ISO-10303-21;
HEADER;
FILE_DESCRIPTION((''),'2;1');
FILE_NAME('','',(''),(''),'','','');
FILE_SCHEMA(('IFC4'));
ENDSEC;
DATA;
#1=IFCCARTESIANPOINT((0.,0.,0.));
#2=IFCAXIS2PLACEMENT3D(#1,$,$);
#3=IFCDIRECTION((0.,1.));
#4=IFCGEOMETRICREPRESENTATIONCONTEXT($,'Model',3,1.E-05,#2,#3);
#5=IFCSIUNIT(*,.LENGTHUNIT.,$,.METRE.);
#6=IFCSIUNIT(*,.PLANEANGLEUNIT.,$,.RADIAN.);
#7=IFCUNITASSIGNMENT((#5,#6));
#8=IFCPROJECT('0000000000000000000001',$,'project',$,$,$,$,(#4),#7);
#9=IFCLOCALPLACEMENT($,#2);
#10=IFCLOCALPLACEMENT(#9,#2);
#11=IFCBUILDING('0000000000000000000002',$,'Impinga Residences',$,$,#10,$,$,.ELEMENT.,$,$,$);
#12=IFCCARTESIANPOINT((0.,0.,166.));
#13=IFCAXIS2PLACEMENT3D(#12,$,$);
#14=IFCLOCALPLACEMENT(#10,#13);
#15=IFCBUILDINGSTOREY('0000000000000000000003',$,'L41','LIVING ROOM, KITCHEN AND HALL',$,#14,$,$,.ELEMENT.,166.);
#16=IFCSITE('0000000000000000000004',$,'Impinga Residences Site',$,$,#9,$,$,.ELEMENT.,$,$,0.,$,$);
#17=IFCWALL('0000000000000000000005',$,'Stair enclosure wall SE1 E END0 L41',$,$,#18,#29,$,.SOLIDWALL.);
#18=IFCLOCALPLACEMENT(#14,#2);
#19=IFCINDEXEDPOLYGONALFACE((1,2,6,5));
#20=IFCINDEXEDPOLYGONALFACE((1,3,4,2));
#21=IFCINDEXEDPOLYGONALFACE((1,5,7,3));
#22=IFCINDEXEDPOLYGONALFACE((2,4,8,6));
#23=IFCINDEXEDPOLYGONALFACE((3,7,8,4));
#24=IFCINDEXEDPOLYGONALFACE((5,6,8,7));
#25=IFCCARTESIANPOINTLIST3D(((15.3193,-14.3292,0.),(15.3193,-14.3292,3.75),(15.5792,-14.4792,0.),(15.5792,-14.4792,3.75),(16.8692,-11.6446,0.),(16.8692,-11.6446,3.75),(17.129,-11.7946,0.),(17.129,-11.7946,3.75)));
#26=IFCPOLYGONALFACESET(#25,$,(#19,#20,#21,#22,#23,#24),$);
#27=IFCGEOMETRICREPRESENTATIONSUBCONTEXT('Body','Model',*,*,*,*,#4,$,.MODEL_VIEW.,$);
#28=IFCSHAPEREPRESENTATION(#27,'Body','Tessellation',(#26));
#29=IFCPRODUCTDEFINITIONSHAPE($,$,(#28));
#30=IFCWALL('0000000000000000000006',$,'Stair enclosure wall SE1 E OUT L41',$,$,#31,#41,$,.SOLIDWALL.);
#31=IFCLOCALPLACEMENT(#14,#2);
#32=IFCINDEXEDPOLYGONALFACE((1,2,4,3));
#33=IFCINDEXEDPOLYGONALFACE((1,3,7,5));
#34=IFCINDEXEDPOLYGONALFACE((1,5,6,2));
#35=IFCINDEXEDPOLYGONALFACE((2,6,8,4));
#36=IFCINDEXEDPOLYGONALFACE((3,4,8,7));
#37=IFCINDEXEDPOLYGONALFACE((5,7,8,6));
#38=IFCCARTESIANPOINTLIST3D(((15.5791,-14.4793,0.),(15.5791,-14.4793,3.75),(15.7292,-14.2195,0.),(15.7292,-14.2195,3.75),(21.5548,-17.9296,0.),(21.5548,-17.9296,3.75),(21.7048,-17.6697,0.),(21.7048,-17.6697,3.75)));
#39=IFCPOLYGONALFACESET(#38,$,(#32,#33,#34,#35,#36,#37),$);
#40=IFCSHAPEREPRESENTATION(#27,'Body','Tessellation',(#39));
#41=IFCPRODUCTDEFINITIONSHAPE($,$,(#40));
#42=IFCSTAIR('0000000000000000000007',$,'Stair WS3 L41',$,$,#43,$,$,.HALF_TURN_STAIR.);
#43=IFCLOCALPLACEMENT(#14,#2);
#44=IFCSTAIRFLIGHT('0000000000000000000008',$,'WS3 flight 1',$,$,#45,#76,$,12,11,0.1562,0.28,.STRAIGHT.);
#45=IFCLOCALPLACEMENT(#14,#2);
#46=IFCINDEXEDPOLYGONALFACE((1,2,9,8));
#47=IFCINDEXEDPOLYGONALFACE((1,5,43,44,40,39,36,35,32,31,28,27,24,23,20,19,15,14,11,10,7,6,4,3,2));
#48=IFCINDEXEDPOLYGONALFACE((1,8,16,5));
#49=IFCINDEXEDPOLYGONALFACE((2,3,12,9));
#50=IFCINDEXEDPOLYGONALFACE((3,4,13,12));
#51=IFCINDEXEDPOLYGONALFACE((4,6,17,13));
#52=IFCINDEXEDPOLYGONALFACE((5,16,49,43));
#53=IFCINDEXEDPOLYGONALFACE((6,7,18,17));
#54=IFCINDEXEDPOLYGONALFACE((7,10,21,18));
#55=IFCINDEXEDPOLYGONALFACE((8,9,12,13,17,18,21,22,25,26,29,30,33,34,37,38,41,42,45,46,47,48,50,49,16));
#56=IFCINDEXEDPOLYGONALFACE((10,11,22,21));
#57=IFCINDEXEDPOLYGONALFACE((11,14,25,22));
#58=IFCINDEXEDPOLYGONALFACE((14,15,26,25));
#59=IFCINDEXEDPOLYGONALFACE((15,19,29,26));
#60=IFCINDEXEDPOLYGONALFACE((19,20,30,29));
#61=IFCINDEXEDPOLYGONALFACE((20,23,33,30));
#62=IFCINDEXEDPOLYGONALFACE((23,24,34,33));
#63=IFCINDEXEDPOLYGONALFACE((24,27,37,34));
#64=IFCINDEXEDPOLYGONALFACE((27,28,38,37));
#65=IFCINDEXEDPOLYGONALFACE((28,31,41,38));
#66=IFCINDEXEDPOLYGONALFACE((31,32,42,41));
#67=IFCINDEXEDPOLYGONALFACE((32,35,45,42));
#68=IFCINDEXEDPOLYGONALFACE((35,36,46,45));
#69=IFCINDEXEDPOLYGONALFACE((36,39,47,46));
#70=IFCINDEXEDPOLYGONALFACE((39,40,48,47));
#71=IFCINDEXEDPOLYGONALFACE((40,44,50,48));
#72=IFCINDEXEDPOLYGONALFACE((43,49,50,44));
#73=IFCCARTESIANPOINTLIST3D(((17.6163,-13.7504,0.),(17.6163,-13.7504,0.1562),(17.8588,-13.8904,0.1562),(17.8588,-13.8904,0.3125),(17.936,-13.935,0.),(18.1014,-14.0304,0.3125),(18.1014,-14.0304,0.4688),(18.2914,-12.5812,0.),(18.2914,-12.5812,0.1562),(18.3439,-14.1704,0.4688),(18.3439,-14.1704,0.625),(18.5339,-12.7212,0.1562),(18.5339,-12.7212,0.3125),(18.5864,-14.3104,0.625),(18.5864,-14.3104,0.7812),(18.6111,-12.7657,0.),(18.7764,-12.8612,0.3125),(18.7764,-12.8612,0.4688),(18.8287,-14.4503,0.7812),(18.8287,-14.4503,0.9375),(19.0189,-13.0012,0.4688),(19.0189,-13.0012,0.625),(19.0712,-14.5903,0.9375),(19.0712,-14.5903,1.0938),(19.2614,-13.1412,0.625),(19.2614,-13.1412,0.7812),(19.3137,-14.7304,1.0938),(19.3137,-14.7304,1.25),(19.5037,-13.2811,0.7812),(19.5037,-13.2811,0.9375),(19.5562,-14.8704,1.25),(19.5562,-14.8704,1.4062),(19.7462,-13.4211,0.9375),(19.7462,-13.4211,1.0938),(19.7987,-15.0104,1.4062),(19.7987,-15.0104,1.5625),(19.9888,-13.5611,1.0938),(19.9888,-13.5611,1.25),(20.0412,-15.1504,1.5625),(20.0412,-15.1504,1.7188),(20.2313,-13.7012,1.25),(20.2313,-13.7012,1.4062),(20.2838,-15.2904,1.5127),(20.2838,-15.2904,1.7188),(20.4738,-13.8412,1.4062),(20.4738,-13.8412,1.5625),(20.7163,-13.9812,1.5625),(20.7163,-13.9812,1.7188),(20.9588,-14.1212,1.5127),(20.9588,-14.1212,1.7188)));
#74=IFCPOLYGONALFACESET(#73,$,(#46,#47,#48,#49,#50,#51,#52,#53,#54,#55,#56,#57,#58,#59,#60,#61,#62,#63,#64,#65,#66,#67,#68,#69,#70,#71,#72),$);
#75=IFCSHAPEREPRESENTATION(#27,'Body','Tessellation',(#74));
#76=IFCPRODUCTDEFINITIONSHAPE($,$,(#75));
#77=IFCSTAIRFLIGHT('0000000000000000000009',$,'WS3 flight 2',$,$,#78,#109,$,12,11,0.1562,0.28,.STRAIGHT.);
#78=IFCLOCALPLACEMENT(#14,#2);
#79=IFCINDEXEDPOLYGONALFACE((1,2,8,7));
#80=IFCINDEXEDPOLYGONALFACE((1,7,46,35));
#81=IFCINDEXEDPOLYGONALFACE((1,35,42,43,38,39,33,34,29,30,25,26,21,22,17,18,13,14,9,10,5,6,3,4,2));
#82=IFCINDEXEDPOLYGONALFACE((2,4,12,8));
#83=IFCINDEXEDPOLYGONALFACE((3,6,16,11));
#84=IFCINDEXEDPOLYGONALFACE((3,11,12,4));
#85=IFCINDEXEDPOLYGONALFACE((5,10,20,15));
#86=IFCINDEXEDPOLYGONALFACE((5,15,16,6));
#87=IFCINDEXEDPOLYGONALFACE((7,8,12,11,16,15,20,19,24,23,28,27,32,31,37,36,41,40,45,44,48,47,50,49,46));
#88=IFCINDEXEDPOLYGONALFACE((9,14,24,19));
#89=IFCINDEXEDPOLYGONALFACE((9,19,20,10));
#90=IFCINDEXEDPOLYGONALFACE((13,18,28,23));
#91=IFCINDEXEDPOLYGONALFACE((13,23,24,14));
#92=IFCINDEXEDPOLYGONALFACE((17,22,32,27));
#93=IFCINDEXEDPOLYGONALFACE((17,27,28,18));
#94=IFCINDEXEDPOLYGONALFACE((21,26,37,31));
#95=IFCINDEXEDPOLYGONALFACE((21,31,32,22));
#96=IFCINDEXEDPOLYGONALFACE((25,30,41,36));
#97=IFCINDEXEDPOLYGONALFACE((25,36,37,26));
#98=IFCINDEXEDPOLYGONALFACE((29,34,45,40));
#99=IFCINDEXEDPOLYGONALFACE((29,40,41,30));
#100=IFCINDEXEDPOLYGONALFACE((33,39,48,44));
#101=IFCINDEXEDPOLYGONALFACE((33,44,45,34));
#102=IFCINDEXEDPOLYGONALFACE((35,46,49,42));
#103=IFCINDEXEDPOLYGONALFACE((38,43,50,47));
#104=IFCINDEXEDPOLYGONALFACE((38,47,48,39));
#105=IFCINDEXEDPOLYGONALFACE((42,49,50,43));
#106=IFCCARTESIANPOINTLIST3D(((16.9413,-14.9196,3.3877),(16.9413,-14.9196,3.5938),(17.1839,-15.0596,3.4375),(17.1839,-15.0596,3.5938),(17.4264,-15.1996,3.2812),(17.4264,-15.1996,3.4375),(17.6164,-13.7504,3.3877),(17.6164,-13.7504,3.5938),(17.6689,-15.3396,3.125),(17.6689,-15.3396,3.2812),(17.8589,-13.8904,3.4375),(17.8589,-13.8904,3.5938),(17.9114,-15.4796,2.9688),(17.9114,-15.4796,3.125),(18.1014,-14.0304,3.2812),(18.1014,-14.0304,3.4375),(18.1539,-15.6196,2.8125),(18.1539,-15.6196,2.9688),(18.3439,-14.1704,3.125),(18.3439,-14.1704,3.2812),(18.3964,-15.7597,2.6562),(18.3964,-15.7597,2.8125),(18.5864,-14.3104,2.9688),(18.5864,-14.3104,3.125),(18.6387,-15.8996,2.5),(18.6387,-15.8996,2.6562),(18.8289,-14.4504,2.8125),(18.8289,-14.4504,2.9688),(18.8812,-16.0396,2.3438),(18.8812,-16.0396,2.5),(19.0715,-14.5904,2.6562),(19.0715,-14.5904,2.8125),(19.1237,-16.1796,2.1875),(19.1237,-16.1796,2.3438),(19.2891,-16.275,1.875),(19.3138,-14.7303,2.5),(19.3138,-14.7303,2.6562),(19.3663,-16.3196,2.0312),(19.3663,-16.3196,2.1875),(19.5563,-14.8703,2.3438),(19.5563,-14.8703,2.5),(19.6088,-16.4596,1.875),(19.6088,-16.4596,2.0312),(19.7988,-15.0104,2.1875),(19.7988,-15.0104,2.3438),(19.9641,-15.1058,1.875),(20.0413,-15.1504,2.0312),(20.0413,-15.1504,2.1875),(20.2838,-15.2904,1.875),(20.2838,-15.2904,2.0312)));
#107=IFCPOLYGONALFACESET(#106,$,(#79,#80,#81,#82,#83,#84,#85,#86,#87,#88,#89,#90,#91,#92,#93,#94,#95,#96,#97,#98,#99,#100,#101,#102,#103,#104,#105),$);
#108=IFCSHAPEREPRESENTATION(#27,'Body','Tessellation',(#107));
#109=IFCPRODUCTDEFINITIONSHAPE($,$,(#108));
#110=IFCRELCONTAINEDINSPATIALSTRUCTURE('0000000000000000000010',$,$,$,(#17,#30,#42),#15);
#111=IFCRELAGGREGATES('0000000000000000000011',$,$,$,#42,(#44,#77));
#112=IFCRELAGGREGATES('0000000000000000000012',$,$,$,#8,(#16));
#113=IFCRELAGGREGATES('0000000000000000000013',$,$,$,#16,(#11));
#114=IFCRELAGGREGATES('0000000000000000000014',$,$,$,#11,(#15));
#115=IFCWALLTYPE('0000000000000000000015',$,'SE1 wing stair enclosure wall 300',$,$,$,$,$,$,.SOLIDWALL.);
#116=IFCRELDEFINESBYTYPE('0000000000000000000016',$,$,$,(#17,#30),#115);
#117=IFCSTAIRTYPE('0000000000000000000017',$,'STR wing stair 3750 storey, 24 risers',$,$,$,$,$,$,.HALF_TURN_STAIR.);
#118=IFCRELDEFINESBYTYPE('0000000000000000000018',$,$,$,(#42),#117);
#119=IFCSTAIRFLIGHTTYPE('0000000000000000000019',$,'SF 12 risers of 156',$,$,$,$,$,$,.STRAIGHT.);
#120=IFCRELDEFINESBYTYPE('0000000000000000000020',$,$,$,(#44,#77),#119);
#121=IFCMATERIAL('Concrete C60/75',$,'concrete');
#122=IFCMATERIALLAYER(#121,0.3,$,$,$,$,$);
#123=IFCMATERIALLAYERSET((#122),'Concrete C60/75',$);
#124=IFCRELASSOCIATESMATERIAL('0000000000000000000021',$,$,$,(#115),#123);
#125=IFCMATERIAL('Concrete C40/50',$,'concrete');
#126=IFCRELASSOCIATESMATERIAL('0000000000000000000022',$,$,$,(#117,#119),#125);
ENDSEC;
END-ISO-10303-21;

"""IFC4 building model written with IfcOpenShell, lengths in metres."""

from ifc_helpers import new_model, si_unit, direction, frame, frame_2d, origin, place, context, subcontext, project, spatial, polyline, rectangle, outline, extrude, material, layer, layer_set, type_object, element, aggregate, save


model = new_model("IFC4")

# Units and contexts
model_context = context("Model", 3, precision=1e-05, world=origin(), true_north=direction((0.0, 1.0)))
body_context = subcontext(model_context, "Body", "Model", "MODEL_VIEW")
ifc_project = project(units=[si_unit("LENGTHUNIT", "METRE"), si_unit("PLANEANGLEUNIT", "RADIAN")], contexts=[model_context])

# Site, building, storey
site_placement = place(None, origin())
site = spatial("IfcSite", under=ifc_project, at=site_placement, Name="Impinga Residences Site", CompositionType="ELEMENT", RefElevation=0.0)
building_placement = place(site_placement, origin())
building = spatial("IfcBuilding", under=site, at=building_placement, Name="Impinga Residences", CompositionType="ELEMENT")
storey_placement = place(building_placement, frame((0.0, 0.0, 166.0)))
storey = spatial("IfcBuildingStorey", under=building, at=storey_placement, Name="L41", Description="LIVING ROOM, KITCHEN AND HALL", CompositionType="ELEMENT", Elevation=166.0)

# Shared definitions
ifc_material_1 = material(Name="Concrete C60/75", Category="concrete")

# Walls
ifc_layer_1 = layer(ifc_material_1, 0.3)
ifc_layer_set_1 = layer_set([ifc_layer_1], Name="Concrete C60/75")
wall_type_1 = type_object("IfcWallType", Name="SE1 wing stair enclosure wall 300", PredefinedType="SOLIDWALL", material=ifc_layer_set_1)
wall_1_placement = place(storey_placement, frame((16.999, -11.7197, 0.0), z_axis=(0.0, 0.0, 1.0), x_axis=(-0.499968, -0.866044, 0.0)))
element("IfcWall", 1, at=wall_1_placement, inside=storey, type_object=wall_type_1, Name="Stair enclosure wall SE1 E END0 L41", PredefinedType="SOLIDWALL", context=body_context, shape_type="SweptSolid", body=[
    extrude(rectangle(XDim=3.0999, YDim=0.3, at=frame_2d((1.5498, 0.0))), origin(), (0.0, 0.0, 1.0), 3.75),
])
wall_2_placement = place(storey_placement, frame((15.6541, -14.3494, 0.0), z_axis=(0.0, 0.0, 1.0), x_axis=(0.866014, -0.500021, 0.0)))
element("IfcWall", 2, at=wall_2_placement, inside=storey, type_object=wall_type_1, Name="Stair enclosure wall SE1 E OUT L41", PredefinedType="SOLIDWALL", context=body_context, shape_type="SweptSolid", body=[
    extrude(rectangle(XDim=6.9001, YDim=0.3, at=frame_2d((3.4502, 0.0))), origin(), (0.0, 0.0, 1.0), 3.75),
])

# Stair, stair flights
ifc_material_2 = material(Name="Concrete C40/50", Category="concrete")
stair_type = type_object("IfcStairType", Name="STR wing stair 3750 storey, 24 risers", PredefinedType="HALF_TURN_STAIR", material=ifc_material_2)
stair_placement = place(storey_placement, origin())
stair = element("IfcStair", 3, at=stair_placement, inside=storey, type_object=stair_type, Name="Stair WS3 L41", PredefinedType="HALF_TURN_STAIR")
stair_flight_type = type_object("IfcStairFlightType", Name="SF 12 risers of 156", PredefinedType="STRAIGHT", material=ifc_material_2)
stair_flight_1_placement = place(storey_placement, frame((17.9539, -13.1658, 0.0), z_axis=(0.0, 0.0, 1.0), x_axis=(0.866025, -0.5, 0.0)))
stair_flight_1 = element("IfcStairFlight", 4, at=stair_flight_1_placement, type_object=stair_flight_type, Name="WS3 flight 1", NumberOfRisers=12, NumberOfTreads=11, PredefinedType="STRAIGHT", RiserHeight=0.1562, TreadLength=0.28, context=body_context, shape_type="SweptSolid", body=[
    extrude(outline(polyline([(0.0, 0.0), (0.0, 0.1562), (0.28, 0.1562), (0.28, 0.3125), (0.5601, 0.3125), (0.5601, 0.4688), (0.8401, 0.4688), (0.8401, 0.625), (1.1201, 0.625), (1.1201, 0.7812), (1.3999, 0.7812), (1.3999, 0.9375), (1.6799, 0.9375), (1.6799, 1.0938), (1.96, 1.0938), (1.96, 1.25), (2.24, 1.25), (2.24, 1.4062), (2.52, 1.4062), (2.52, 1.5625), (2.8, 1.5625), (2.8, 1.7188), (3.0801, 1.7188), (3.0801, 1.875), (3.0801, 1.5127), (0.3691, 0.0), (0.0, 0.0)])), frame((0.0, 0.675, 0.0), z_axis=(0.0, -1.0, 0.0), x_axis=(1.0, 0.0, 0.0)), (0.0, 0.0, 1.0), 1.3501),
])
stair_flight_2_placement = place(storey_placement, frame((19.9463, -15.875, 1.875), z_axis=(0.0, 0.0, 1.0), x_axis=(-0.866025, 0.5, 0.0)))
stair_flight_2 = element("IfcStairFlight", 5, at=stair_flight_2_placement, type_object=stair_flight_type, Name="WS3 flight 2", NumberOfRisers=12, NumberOfTreads=11, PredefinedType="STRAIGHT", RiserHeight=0.1562, TreadLength=0.28, context=body_context, shape_type="SweptSolid", body=[
    extrude(outline(polyline([(0.0, 0.0), (0.0, 0.1562), (0.28, 0.1562), (0.28, 0.3125), (0.5601, 0.3125), (0.5601, 0.4688), (0.8401, 0.4688), (0.8401, 0.625), (1.1201, 0.625), (1.1201, 0.7812), (1.3999, 0.7812), (1.3999, 0.9375), (1.6799, 0.9375), (1.6799, 1.0938), (1.96, 1.0938), (1.96, 1.25), (2.24, 1.25), (2.24, 1.4062), (2.52, 1.4062), (2.52, 1.5625), (2.8, 1.5625), (2.8, 1.7188), (3.0801, 1.7188), (3.0801, 1.875), (3.0801, 1.5127), (0.3691, 0.0), (0.0, 0.0)])), frame((0.0, 0.675, 0.0), z_axis=(0.0, -1.0, 0.0), x_axis=(1.0, 0.0, 0.0)), (0.0, 0.0, 1.0), 1.3501),
])
aggregate(stair, [stair_flight_1, stair_flight_2])

save(model, "model.ifc")
